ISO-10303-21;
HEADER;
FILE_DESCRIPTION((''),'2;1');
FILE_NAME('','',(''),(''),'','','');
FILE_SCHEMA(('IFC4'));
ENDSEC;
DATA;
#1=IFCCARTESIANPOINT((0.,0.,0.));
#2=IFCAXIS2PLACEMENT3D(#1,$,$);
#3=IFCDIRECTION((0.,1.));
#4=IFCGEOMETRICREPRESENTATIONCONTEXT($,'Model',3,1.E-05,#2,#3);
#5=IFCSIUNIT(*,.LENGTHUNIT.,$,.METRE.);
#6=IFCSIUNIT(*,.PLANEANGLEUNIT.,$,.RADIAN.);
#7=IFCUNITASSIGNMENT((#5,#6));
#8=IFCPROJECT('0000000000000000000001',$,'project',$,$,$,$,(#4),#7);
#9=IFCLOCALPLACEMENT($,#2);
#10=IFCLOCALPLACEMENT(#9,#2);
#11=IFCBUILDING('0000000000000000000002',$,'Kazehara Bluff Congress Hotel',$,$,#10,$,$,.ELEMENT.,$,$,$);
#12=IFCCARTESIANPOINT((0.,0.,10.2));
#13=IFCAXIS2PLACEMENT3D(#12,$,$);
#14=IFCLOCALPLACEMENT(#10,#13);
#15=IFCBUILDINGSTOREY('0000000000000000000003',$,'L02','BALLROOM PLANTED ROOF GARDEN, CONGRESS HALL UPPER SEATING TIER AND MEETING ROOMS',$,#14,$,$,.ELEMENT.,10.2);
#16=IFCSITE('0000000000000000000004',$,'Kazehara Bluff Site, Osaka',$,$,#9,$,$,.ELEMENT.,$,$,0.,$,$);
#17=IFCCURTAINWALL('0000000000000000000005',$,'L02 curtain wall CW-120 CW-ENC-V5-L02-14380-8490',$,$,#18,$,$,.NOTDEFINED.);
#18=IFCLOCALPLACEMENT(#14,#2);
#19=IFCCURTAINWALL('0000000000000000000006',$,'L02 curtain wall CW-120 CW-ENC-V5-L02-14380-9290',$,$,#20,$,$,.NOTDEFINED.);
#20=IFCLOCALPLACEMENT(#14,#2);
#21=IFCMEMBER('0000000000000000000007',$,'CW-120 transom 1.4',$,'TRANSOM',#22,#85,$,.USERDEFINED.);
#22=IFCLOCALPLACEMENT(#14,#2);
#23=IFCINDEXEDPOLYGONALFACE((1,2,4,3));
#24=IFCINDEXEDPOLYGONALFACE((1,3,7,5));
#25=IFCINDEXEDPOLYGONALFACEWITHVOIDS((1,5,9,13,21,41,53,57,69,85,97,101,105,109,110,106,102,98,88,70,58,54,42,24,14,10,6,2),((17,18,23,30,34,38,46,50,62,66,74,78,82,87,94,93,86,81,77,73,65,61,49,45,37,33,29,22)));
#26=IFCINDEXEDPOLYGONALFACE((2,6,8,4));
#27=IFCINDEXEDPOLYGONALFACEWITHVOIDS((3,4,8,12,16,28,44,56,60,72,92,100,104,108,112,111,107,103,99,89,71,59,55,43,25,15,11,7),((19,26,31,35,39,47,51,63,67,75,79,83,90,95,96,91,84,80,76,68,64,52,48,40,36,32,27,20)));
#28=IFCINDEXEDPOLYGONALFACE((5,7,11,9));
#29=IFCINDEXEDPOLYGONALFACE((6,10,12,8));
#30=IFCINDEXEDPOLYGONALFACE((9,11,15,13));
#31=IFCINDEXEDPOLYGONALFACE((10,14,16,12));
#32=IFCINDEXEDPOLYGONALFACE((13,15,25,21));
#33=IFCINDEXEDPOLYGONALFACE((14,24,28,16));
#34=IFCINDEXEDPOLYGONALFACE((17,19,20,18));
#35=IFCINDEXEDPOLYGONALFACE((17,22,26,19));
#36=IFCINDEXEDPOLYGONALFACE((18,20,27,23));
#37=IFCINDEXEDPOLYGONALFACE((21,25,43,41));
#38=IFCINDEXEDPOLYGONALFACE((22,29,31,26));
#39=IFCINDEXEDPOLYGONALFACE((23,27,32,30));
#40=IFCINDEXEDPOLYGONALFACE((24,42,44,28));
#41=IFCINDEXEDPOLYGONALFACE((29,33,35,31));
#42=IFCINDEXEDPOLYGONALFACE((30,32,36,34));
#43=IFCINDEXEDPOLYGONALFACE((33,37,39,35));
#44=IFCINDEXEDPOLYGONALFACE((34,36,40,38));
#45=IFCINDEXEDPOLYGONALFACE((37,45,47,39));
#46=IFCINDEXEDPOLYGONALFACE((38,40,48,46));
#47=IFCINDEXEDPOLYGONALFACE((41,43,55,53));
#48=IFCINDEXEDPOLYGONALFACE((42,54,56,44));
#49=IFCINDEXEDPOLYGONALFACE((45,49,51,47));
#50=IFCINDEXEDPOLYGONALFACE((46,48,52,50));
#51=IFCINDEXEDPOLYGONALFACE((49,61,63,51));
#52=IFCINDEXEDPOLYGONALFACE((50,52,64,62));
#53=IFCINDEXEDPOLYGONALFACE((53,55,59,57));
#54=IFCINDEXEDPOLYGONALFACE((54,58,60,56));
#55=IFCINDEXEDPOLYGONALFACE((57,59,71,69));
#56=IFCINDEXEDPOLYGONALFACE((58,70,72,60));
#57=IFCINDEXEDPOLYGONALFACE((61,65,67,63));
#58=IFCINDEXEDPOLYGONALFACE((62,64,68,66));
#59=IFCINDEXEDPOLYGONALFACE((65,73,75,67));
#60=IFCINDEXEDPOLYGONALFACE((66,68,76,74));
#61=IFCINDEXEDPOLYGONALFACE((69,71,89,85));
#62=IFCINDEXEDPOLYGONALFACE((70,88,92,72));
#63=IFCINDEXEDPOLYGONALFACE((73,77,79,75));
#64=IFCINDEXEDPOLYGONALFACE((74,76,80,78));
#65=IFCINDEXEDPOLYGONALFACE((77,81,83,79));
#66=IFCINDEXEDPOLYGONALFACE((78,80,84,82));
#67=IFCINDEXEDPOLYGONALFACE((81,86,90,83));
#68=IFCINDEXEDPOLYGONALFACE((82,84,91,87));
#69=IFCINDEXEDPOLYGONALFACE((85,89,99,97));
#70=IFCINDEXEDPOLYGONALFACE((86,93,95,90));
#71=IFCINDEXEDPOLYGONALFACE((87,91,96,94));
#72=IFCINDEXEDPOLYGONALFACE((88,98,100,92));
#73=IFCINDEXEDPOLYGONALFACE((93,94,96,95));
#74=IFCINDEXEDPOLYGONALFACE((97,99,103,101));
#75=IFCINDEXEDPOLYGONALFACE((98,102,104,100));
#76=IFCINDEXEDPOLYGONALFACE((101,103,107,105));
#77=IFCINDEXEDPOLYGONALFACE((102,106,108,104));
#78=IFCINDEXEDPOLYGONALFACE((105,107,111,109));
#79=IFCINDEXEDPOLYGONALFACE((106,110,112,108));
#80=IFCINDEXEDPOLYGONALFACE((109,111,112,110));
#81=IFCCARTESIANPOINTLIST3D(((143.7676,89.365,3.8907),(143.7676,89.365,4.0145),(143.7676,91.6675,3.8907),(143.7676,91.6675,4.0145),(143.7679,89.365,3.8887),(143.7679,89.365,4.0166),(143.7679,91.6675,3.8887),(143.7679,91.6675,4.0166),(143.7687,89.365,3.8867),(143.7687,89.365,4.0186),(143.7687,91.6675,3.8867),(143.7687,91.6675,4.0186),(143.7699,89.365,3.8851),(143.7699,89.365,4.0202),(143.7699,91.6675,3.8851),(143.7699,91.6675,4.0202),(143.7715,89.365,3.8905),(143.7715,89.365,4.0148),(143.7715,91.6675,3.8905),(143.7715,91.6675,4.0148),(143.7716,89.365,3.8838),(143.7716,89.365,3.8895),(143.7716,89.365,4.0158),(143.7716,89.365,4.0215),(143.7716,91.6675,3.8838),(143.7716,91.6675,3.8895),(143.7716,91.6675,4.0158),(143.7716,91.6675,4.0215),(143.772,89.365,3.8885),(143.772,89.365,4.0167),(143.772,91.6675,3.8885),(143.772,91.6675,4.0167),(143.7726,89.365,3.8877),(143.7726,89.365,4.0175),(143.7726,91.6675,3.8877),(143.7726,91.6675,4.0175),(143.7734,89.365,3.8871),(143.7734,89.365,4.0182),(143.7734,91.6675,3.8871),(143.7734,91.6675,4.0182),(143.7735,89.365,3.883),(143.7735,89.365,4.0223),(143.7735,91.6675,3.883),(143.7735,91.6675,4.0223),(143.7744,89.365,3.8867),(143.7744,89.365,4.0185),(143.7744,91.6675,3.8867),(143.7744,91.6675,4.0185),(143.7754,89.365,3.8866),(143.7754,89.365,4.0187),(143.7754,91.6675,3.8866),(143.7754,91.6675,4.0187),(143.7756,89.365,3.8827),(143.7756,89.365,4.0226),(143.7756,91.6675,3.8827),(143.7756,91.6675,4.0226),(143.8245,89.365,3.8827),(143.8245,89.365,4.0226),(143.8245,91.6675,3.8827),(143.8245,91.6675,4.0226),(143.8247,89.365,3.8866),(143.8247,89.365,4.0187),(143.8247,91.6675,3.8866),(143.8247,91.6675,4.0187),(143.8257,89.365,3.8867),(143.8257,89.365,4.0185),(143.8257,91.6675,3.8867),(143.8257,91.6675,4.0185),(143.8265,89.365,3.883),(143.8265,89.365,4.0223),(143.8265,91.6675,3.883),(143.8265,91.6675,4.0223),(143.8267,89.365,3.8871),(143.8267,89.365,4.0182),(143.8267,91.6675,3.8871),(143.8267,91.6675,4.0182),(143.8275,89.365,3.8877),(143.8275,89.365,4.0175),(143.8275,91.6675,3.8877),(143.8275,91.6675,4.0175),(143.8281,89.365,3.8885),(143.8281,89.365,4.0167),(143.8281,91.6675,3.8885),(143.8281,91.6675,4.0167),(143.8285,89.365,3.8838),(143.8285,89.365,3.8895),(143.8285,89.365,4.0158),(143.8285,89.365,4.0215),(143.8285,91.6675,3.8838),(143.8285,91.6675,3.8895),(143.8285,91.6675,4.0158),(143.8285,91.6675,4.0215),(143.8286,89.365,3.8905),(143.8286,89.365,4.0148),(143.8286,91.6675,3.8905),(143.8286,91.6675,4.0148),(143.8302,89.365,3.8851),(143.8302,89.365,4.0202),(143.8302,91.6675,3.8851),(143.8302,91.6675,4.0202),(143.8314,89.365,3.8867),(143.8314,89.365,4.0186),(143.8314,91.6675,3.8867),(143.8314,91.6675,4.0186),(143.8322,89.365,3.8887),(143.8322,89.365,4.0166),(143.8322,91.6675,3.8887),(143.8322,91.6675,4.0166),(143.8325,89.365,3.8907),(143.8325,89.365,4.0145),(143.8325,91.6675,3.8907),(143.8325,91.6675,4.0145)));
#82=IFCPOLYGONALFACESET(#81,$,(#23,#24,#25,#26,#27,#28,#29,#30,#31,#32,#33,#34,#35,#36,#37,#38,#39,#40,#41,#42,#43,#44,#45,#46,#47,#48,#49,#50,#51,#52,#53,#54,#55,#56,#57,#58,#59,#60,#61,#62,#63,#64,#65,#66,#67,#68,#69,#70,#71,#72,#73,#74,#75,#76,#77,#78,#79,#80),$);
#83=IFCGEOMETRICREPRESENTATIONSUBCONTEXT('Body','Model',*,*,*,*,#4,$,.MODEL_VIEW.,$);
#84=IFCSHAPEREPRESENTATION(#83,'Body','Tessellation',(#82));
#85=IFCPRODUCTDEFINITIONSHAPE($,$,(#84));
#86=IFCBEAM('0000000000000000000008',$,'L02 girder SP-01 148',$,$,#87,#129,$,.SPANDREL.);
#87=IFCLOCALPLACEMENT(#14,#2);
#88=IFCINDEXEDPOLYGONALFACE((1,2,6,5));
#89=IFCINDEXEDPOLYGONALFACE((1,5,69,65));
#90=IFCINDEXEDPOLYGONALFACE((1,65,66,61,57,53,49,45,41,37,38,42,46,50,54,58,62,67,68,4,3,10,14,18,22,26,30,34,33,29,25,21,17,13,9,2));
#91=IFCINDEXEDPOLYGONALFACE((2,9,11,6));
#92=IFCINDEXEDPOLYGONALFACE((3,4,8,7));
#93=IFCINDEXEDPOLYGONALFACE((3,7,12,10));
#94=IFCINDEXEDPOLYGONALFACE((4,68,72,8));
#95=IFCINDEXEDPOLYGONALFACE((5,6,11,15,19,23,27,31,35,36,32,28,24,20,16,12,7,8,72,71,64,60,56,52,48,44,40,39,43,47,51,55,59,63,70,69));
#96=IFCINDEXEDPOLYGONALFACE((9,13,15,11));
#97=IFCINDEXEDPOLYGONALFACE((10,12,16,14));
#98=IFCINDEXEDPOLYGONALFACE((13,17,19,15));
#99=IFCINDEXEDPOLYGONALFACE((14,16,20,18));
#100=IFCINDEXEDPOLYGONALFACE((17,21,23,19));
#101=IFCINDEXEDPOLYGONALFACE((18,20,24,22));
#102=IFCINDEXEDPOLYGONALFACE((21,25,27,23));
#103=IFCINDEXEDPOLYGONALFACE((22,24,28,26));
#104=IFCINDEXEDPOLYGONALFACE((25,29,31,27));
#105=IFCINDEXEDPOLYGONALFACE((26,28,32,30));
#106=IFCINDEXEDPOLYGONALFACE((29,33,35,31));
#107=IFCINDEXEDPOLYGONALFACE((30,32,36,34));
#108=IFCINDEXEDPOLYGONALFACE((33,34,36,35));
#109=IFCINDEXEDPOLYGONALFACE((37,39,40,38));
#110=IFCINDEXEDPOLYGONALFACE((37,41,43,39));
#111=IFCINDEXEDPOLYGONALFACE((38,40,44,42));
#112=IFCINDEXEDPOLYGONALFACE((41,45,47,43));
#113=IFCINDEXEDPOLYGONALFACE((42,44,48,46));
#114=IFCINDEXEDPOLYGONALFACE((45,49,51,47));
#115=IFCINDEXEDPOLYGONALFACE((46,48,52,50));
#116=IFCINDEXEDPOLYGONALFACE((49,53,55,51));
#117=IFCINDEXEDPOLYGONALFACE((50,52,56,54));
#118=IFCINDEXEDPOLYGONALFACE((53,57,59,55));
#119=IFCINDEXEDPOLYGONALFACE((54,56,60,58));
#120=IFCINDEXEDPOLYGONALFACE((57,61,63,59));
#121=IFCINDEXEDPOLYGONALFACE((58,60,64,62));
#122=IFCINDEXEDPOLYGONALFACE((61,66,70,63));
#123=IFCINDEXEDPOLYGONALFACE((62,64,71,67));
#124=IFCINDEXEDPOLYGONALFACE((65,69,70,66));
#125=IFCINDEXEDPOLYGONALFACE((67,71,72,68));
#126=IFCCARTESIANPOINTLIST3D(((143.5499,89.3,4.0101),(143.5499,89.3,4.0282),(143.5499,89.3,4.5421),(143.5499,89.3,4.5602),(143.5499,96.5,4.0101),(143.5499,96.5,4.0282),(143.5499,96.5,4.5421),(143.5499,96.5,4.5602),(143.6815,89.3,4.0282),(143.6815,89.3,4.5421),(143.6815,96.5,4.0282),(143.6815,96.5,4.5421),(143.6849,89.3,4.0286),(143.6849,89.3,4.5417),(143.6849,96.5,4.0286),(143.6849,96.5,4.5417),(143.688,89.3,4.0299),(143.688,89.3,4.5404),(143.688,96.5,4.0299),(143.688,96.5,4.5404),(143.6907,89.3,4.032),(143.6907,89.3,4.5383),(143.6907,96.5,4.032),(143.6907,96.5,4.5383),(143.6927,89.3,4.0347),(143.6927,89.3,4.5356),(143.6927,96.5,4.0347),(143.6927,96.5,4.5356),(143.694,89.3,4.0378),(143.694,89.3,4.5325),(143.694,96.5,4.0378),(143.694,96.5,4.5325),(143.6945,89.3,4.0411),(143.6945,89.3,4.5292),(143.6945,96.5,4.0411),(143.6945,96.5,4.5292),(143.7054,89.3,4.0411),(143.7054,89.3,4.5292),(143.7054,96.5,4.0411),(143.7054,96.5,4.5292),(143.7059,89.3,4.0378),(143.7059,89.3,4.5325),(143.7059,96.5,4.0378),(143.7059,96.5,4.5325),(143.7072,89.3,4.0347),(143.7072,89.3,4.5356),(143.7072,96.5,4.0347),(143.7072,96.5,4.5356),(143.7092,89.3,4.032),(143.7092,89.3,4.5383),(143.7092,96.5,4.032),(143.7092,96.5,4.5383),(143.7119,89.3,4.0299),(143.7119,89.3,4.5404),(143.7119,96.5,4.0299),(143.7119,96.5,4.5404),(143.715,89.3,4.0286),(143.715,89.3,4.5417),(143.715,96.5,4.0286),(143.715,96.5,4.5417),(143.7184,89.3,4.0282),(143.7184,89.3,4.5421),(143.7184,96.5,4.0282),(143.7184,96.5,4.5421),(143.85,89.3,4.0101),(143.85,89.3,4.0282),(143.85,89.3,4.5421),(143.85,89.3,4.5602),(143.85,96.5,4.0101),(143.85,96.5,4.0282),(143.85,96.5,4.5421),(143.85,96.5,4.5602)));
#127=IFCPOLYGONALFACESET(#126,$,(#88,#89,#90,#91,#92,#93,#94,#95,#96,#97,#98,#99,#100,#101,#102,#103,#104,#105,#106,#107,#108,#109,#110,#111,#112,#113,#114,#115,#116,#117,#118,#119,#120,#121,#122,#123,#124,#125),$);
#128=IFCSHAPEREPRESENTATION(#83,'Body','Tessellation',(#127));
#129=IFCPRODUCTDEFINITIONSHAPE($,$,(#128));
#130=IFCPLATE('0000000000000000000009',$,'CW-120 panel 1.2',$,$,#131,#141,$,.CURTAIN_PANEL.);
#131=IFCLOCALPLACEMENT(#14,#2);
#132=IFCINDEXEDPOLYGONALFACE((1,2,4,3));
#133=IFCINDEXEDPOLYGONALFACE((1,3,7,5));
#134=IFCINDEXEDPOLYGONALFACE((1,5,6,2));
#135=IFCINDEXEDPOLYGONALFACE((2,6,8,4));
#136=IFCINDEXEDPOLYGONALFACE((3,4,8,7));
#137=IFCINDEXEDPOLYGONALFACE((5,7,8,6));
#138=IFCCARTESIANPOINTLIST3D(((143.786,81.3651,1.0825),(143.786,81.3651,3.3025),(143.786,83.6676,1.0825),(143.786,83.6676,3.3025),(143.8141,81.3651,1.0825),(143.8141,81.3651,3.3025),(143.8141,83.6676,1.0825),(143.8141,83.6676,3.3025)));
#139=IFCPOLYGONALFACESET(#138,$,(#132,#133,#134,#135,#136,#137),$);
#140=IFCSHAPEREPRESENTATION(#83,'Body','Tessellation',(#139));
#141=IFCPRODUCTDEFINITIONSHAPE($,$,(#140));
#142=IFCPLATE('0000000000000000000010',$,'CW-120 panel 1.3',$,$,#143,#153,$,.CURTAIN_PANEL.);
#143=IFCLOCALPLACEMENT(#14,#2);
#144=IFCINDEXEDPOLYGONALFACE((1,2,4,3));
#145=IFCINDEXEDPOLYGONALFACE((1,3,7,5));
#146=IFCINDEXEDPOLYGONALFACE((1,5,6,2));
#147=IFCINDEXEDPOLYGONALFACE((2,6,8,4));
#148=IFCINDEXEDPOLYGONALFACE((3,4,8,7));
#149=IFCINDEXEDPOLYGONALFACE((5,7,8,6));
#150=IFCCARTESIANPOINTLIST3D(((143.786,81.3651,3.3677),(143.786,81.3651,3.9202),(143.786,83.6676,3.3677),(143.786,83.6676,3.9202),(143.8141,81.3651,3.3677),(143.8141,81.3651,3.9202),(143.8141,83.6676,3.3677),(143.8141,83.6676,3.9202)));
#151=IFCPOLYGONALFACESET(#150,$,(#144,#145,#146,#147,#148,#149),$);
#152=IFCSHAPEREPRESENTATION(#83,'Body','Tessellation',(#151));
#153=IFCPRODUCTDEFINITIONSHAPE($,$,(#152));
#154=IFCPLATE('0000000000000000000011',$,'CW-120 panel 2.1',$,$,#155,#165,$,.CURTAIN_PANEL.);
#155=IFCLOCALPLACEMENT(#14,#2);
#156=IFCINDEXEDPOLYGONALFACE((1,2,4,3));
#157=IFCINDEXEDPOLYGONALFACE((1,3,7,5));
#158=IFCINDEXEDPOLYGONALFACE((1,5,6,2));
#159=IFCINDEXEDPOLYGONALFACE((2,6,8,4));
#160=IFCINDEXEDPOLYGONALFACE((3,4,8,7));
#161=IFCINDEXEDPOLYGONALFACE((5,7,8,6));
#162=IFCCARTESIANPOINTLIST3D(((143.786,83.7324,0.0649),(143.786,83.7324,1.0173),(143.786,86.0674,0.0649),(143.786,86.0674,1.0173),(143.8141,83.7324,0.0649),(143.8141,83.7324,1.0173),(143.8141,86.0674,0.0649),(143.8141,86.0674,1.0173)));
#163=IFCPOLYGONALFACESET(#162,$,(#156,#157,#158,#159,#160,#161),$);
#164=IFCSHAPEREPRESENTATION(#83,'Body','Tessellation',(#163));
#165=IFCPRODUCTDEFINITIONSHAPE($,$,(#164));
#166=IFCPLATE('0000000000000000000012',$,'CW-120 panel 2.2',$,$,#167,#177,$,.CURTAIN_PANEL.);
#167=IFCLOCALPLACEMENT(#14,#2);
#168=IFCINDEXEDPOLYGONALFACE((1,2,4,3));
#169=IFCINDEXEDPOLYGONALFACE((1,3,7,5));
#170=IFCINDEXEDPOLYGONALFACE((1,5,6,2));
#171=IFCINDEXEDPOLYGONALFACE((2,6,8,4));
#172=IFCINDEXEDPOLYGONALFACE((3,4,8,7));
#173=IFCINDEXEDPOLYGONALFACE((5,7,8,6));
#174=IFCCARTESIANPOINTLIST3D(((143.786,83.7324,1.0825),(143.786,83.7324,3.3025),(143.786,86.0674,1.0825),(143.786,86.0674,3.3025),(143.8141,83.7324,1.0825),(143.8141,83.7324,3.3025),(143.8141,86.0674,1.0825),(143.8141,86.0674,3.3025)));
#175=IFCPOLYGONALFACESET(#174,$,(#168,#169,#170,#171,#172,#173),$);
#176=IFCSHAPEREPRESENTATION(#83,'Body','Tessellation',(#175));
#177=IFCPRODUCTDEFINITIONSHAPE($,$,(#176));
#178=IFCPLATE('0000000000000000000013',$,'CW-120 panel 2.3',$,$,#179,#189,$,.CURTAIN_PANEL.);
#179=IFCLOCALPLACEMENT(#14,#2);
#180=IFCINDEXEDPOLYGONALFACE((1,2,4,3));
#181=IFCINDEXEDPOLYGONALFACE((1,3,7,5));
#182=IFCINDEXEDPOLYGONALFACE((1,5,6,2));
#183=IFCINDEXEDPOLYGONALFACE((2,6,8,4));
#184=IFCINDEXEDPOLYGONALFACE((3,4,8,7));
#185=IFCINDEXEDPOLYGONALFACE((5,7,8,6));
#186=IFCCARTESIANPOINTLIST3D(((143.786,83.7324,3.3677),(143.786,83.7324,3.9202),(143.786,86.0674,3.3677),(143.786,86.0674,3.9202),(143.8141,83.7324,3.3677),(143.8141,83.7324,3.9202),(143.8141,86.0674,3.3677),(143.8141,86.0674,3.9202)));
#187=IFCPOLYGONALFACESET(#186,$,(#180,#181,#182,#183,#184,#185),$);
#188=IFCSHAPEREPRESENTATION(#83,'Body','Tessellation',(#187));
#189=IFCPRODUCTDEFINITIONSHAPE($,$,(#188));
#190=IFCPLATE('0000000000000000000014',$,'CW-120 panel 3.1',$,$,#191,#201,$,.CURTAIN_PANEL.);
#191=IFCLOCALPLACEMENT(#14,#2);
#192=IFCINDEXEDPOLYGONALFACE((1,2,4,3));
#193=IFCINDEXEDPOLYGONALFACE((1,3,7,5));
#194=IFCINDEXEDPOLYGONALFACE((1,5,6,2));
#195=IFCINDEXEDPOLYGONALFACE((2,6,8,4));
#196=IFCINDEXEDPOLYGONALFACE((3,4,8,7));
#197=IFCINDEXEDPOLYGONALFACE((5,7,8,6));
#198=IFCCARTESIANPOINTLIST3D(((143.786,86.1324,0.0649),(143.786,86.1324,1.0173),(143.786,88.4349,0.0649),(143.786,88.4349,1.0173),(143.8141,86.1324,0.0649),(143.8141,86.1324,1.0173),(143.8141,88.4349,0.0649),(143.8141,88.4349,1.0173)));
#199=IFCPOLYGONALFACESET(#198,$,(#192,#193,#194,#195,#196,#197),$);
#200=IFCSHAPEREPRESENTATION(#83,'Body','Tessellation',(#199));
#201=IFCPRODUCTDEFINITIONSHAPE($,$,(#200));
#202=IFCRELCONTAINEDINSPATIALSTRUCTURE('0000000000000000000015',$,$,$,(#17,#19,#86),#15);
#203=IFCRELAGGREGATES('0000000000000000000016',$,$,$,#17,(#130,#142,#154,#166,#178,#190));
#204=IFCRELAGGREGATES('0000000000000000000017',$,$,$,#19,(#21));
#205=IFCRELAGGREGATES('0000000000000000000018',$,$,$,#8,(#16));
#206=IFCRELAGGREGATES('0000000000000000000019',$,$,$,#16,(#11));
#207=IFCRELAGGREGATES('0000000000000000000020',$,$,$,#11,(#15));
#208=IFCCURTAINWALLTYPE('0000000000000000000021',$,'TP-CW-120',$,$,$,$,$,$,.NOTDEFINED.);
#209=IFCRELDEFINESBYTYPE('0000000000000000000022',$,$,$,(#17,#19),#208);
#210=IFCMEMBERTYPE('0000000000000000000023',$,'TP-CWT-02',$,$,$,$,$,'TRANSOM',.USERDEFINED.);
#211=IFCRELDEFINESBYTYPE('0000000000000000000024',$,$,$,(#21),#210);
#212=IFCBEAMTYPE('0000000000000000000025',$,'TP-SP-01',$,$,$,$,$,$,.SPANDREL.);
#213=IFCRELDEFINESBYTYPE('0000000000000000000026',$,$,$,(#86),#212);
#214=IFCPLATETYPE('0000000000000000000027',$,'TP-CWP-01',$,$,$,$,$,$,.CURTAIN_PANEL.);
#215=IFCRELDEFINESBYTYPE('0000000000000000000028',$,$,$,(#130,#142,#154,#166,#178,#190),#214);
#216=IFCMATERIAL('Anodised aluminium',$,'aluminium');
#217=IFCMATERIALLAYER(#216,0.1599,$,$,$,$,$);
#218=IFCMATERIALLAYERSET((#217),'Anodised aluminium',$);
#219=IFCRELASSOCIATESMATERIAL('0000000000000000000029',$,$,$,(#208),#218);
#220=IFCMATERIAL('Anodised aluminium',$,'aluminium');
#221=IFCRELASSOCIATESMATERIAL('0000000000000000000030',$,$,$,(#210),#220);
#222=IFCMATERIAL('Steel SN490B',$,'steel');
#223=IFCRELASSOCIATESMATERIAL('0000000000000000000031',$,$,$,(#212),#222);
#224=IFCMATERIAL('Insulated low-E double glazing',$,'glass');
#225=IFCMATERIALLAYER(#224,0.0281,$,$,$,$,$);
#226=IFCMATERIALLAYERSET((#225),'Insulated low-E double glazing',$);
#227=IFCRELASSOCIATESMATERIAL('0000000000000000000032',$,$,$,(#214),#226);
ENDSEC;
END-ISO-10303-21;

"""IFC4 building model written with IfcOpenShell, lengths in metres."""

from ifc_helpers import new_model, si_unit, direction, frame, origin, origin_2d, place, context, subcontext, project, spatial, rectangle, hollow_rectangle, i_section, extrude, material, layer, layer_set, material_profile, profile_set, type_object, element, aggregate, save


model = new_model("IFC4")

# Units and contexts
model_context = context("Model", 3, precision=1e-05, world=origin(), true_north=direction((0.0, 1.0)))
body_context = subcontext(model_context, "Body", "Model", "MODEL_VIEW")
ifc_project = project(units=[si_unit("LENGTHUNIT", "METRE"), si_unit("PLANEANGLEUNIT", "RADIAN")], contexts=[model_context])

# Site, building, storey
site_placement = place(None, origin())
site = spatial("IfcSite", under=ifc_project, at=site_placement, Name="Kazehara Bluff Site, Osaka", CompositionType="ELEMENT", RefElevation=0.0)
building_placement = place(site_placement, origin())
building = spatial("IfcBuilding", under=site, at=building_placement, Name="Kazehara Bluff Congress Hotel", CompositionType="ELEMENT")
storey_placement = place(building_placement, frame((0.0, 0.0, 10.2)))
storey = spatial("IfcBuildingStorey", under=building, at=storey_placement, Name="L02", Description="BALLROOM PLANTED ROOF GARDEN, CONGRESS HALL UPPER SEATING TIER AND MEETING ROOMS", CompositionType="ELEMENT", Elevation=10.2)

# Curtain wall
ifc_material_1 = material(Name="Anodised aluminium", Category="aluminium")
ifc_layer_1 = layer(ifc_material_1, 0.1599)
ifc_layer_set_1 = layer_set([ifc_layer_1], Name="Anodised aluminium")
curtain_wall_type = type_object("IfcCurtainWallType", Name="TP-CW-120", PredefinedType="NOTDEFINED", material=ifc_layer_set_1)
curtain_wall_1_placement = place(storey_placement, origin())
curtain_wall_1 = element("IfcCurtainWall", 1, at=curtain_wall_1_placement, inside=storey, type_object=curtain_wall_type, Name="L02 curtain wall CW-120 CW-ENC-V5-L02-14380-8490", PredefinedType="NOTDEFINED")

# Curtain wall
curtain_wall_2_placement = place(storey_placement, origin())
curtain_wall_2 = element("IfcCurtainWall", 2, at=curtain_wall_2_placement, inside=storey, type_object=curtain_wall_type, Name="L02 curtain wall CW-120 CW-ENC-V5-L02-14380-9290", PredefinedType="NOTDEFINED")

# Member
ifc_material_2 = material(Name="Anodised aluminium", Category="aluminium")
ifc_material_profile_1 = material_profile(ifc_material_2, hollow_rectangle(XDim=0.0649, YDim=0.1399, WallThickness=0.0039, InnerFilletRadius=0.0039, OuterFilletRadius=0.0081, at=origin_2d()))
ifc_profile_set_1 = profile_set([ifc_material_profile_1], Name="Anodised aluminium")
member_type_1 = type_object("IfcMemberType", Name="TP-CWT-02", ElementType="TRANSOM", PredefinedType="USERDEFINED", material=ifc_profile_set_1)
member_1_placement = place(storey_placement, frame((143.8, 89.365, 3.9526), z_axis=(0.0, 1.0, 0.0), x_axis=(-1.0, 0.0, 0.0)))
member_1 = element("IfcMember", 3, at=member_1_placement, type_object=member_type_1, Name="CW-120 transom 1.4", ObjectType="TRANSOM", PredefinedType="USERDEFINED", context=body_context, shape_type="SweptSolid", body=[
    extrude(hollow_rectangle(XDim=0.0649, YDim=0.1399, WallThickness=0.0039, InnerFilletRadius=0.0039, OuterFilletRadius=0.0081, at=origin_2d()), origin(), (0.0, 0.0, 1.0), 2.3025),
])

# Beam
ifc_material_3 = material(Name="Steel SN490B", Category="steel")
ifc_material_profile_2 = material_profile(ifc_material_3, i_section(OverallWidth=0.3, OverallDepth=0.55, WebThickness=0.011, FlangeThickness=0.0181, FilletRadius=0.0129, at=origin_2d()))
ifc_profile_set_2 = profile_set([ifc_material_profile_2], Name="Steel SN490B")
beam_type = type_object("IfcBeamType", Name="TP-SP-01", PredefinedType="SPANDREL", material=ifc_profile_set_2)
beam_placement = place(storey_placement, frame((143.7, 89.3, 4.2852), z_axis=(0.0, 1.0, 0.0), x_axis=(-1.0, 0.0, 0.0)))
element("IfcBeam", 4, at=beam_placement, inside=storey, type_object=beam_type, Name="L02 girder SP-01 148", PredefinedType="SPANDREL", context=body_context, shape_type="SweptSolid", body=[
    extrude(i_section(OverallWidth=0.3, OverallDepth=0.55, WebThickness=0.011, FlangeThickness=0.0181, FilletRadius=0.0129, at=origin_2d()), origin(), (0.0, 0.0, 1.0), 7.2),
])

# Plates
ifc_material_4 = material(Name="Insulated low-E double glazing", Category="glass")
ifc_layer_2 = layer(ifc_material_4, 0.0281)
ifc_layer_set_2 = layer_set([ifc_layer_2], Name="Insulated low-E double glazing")
plate_type = type_object("IfcPlateType", Name="TP-CWP-01", PredefinedType="CURTAIN_PANEL", material=ifc_layer_set_2)
plate_1_placement = place(storey_placement, frame((143.8, 82.5164, 1.0825), z_axis=(0.0, 0.0, 1.0), x_axis=(0.0, 1.0, 0.0)))
plate_1 = element("IfcPlate", 5, at=plate_1_placement, type_object=plate_type, Name="CW-120 panel 1.2", PredefinedType="CURTAIN_PANEL", context=body_context, shape_type="SweptSolid", body=[
    extrude(rectangle(XDim=2.3025, YDim=0.0281, at=origin_2d()), origin(), (0.0, 0.0, 1.0), 2.22),
])
plate_2_placement = place(storey_placement, frame((143.8, 82.5164, 3.3677), z_axis=(0.0, 0.0, 1.0), x_axis=(0.0, 1.0, 0.0)))
plate_2 = element("IfcPlate", 6, at=plate_2_placement, type_object=plate_type, Name="CW-120 panel 1.3", PredefinedType="CURTAIN_PANEL", context=body_context, shape_type="SweptSolid", body=[
    extrude(rectangle(XDim=2.3025, YDim=0.0281, at=origin_2d()), origin(), (0.0, 0.0, 1.0), 0.5525),
])
plate_3_placement = place(storey_placement, frame((143.8, 84.8999, 0.0649), z_axis=(0.0, 0.0, 1.0), x_axis=(0.0, 1.0, 0.0)))
plate_3 = element("IfcPlate", 7, at=plate_3_placement, type_object=plate_type, Name="CW-120 panel 2.1", PredefinedType="CURTAIN_PANEL", context=body_context, shape_type="SweptSolid", body=[
    extrude(rectangle(XDim=2.335, YDim=0.0281, at=origin_2d()), origin(), (0.0, 0.0, 1.0), 0.9524),
])
plate_4_placement = place(storey_placement, frame((143.8, 84.8999, 1.0825), z_axis=(0.0, 0.0, 1.0), x_axis=(0.0, 1.0, 0.0)))
plate_4 = element("IfcPlate", 8, at=plate_4_placement, type_object=plate_type, Name="CW-120 panel 2.2", PredefinedType="CURTAIN_PANEL", context=body_context, shape_type="SweptSolid", body=[
    extrude(rectangle(XDim=2.335, YDim=0.0281, at=origin_2d()), origin(), (0.0, 0.0, 1.0), 2.22),
])
plate_5_placement = place(storey_placement, frame((143.8, 84.8999, 3.3677), z_axis=(0.0, 0.0, 1.0), x_axis=(0.0, 1.0, 0.0)))
plate_5 = element("IfcPlate", 9, at=plate_5_placement, type_object=plate_type, Name="CW-120 panel 2.3", PredefinedType="CURTAIN_PANEL", context=body_context, shape_type="SweptSolid", body=[
    extrude(rectangle(XDim=2.335, YDim=0.0281, at=origin_2d()), origin(), (0.0, 0.0, 1.0), 0.5525),
])
plate_6_placement = place(storey_placement, frame((143.8, 87.2837, 0.0649), z_axis=(0.0, 0.0, 1.0), x_axis=(0.0, 1.0, 0.0)))
plate_6 = element("IfcPlate", 10, at=plate_6_placement, type_object=plate_type, Name="CW-120 panel 3.1", PredefinedType="CURTAIN_PANEL", context=body_context, shape_type="SweptSolid", body=[
    extrude(rectangle(XDim=2.3025, YDim=0.0281, at=origin_2d()), origin(), (0.0, 0.0, 1.0), 0.9524),
])
aggregate(curtain_wall_1, [plate_1, plate_2, plate_3, plate_4, plate_5, plate_6])
aggregate(curtain_wall_2, [member_1])

save(model, "model.ifc")
